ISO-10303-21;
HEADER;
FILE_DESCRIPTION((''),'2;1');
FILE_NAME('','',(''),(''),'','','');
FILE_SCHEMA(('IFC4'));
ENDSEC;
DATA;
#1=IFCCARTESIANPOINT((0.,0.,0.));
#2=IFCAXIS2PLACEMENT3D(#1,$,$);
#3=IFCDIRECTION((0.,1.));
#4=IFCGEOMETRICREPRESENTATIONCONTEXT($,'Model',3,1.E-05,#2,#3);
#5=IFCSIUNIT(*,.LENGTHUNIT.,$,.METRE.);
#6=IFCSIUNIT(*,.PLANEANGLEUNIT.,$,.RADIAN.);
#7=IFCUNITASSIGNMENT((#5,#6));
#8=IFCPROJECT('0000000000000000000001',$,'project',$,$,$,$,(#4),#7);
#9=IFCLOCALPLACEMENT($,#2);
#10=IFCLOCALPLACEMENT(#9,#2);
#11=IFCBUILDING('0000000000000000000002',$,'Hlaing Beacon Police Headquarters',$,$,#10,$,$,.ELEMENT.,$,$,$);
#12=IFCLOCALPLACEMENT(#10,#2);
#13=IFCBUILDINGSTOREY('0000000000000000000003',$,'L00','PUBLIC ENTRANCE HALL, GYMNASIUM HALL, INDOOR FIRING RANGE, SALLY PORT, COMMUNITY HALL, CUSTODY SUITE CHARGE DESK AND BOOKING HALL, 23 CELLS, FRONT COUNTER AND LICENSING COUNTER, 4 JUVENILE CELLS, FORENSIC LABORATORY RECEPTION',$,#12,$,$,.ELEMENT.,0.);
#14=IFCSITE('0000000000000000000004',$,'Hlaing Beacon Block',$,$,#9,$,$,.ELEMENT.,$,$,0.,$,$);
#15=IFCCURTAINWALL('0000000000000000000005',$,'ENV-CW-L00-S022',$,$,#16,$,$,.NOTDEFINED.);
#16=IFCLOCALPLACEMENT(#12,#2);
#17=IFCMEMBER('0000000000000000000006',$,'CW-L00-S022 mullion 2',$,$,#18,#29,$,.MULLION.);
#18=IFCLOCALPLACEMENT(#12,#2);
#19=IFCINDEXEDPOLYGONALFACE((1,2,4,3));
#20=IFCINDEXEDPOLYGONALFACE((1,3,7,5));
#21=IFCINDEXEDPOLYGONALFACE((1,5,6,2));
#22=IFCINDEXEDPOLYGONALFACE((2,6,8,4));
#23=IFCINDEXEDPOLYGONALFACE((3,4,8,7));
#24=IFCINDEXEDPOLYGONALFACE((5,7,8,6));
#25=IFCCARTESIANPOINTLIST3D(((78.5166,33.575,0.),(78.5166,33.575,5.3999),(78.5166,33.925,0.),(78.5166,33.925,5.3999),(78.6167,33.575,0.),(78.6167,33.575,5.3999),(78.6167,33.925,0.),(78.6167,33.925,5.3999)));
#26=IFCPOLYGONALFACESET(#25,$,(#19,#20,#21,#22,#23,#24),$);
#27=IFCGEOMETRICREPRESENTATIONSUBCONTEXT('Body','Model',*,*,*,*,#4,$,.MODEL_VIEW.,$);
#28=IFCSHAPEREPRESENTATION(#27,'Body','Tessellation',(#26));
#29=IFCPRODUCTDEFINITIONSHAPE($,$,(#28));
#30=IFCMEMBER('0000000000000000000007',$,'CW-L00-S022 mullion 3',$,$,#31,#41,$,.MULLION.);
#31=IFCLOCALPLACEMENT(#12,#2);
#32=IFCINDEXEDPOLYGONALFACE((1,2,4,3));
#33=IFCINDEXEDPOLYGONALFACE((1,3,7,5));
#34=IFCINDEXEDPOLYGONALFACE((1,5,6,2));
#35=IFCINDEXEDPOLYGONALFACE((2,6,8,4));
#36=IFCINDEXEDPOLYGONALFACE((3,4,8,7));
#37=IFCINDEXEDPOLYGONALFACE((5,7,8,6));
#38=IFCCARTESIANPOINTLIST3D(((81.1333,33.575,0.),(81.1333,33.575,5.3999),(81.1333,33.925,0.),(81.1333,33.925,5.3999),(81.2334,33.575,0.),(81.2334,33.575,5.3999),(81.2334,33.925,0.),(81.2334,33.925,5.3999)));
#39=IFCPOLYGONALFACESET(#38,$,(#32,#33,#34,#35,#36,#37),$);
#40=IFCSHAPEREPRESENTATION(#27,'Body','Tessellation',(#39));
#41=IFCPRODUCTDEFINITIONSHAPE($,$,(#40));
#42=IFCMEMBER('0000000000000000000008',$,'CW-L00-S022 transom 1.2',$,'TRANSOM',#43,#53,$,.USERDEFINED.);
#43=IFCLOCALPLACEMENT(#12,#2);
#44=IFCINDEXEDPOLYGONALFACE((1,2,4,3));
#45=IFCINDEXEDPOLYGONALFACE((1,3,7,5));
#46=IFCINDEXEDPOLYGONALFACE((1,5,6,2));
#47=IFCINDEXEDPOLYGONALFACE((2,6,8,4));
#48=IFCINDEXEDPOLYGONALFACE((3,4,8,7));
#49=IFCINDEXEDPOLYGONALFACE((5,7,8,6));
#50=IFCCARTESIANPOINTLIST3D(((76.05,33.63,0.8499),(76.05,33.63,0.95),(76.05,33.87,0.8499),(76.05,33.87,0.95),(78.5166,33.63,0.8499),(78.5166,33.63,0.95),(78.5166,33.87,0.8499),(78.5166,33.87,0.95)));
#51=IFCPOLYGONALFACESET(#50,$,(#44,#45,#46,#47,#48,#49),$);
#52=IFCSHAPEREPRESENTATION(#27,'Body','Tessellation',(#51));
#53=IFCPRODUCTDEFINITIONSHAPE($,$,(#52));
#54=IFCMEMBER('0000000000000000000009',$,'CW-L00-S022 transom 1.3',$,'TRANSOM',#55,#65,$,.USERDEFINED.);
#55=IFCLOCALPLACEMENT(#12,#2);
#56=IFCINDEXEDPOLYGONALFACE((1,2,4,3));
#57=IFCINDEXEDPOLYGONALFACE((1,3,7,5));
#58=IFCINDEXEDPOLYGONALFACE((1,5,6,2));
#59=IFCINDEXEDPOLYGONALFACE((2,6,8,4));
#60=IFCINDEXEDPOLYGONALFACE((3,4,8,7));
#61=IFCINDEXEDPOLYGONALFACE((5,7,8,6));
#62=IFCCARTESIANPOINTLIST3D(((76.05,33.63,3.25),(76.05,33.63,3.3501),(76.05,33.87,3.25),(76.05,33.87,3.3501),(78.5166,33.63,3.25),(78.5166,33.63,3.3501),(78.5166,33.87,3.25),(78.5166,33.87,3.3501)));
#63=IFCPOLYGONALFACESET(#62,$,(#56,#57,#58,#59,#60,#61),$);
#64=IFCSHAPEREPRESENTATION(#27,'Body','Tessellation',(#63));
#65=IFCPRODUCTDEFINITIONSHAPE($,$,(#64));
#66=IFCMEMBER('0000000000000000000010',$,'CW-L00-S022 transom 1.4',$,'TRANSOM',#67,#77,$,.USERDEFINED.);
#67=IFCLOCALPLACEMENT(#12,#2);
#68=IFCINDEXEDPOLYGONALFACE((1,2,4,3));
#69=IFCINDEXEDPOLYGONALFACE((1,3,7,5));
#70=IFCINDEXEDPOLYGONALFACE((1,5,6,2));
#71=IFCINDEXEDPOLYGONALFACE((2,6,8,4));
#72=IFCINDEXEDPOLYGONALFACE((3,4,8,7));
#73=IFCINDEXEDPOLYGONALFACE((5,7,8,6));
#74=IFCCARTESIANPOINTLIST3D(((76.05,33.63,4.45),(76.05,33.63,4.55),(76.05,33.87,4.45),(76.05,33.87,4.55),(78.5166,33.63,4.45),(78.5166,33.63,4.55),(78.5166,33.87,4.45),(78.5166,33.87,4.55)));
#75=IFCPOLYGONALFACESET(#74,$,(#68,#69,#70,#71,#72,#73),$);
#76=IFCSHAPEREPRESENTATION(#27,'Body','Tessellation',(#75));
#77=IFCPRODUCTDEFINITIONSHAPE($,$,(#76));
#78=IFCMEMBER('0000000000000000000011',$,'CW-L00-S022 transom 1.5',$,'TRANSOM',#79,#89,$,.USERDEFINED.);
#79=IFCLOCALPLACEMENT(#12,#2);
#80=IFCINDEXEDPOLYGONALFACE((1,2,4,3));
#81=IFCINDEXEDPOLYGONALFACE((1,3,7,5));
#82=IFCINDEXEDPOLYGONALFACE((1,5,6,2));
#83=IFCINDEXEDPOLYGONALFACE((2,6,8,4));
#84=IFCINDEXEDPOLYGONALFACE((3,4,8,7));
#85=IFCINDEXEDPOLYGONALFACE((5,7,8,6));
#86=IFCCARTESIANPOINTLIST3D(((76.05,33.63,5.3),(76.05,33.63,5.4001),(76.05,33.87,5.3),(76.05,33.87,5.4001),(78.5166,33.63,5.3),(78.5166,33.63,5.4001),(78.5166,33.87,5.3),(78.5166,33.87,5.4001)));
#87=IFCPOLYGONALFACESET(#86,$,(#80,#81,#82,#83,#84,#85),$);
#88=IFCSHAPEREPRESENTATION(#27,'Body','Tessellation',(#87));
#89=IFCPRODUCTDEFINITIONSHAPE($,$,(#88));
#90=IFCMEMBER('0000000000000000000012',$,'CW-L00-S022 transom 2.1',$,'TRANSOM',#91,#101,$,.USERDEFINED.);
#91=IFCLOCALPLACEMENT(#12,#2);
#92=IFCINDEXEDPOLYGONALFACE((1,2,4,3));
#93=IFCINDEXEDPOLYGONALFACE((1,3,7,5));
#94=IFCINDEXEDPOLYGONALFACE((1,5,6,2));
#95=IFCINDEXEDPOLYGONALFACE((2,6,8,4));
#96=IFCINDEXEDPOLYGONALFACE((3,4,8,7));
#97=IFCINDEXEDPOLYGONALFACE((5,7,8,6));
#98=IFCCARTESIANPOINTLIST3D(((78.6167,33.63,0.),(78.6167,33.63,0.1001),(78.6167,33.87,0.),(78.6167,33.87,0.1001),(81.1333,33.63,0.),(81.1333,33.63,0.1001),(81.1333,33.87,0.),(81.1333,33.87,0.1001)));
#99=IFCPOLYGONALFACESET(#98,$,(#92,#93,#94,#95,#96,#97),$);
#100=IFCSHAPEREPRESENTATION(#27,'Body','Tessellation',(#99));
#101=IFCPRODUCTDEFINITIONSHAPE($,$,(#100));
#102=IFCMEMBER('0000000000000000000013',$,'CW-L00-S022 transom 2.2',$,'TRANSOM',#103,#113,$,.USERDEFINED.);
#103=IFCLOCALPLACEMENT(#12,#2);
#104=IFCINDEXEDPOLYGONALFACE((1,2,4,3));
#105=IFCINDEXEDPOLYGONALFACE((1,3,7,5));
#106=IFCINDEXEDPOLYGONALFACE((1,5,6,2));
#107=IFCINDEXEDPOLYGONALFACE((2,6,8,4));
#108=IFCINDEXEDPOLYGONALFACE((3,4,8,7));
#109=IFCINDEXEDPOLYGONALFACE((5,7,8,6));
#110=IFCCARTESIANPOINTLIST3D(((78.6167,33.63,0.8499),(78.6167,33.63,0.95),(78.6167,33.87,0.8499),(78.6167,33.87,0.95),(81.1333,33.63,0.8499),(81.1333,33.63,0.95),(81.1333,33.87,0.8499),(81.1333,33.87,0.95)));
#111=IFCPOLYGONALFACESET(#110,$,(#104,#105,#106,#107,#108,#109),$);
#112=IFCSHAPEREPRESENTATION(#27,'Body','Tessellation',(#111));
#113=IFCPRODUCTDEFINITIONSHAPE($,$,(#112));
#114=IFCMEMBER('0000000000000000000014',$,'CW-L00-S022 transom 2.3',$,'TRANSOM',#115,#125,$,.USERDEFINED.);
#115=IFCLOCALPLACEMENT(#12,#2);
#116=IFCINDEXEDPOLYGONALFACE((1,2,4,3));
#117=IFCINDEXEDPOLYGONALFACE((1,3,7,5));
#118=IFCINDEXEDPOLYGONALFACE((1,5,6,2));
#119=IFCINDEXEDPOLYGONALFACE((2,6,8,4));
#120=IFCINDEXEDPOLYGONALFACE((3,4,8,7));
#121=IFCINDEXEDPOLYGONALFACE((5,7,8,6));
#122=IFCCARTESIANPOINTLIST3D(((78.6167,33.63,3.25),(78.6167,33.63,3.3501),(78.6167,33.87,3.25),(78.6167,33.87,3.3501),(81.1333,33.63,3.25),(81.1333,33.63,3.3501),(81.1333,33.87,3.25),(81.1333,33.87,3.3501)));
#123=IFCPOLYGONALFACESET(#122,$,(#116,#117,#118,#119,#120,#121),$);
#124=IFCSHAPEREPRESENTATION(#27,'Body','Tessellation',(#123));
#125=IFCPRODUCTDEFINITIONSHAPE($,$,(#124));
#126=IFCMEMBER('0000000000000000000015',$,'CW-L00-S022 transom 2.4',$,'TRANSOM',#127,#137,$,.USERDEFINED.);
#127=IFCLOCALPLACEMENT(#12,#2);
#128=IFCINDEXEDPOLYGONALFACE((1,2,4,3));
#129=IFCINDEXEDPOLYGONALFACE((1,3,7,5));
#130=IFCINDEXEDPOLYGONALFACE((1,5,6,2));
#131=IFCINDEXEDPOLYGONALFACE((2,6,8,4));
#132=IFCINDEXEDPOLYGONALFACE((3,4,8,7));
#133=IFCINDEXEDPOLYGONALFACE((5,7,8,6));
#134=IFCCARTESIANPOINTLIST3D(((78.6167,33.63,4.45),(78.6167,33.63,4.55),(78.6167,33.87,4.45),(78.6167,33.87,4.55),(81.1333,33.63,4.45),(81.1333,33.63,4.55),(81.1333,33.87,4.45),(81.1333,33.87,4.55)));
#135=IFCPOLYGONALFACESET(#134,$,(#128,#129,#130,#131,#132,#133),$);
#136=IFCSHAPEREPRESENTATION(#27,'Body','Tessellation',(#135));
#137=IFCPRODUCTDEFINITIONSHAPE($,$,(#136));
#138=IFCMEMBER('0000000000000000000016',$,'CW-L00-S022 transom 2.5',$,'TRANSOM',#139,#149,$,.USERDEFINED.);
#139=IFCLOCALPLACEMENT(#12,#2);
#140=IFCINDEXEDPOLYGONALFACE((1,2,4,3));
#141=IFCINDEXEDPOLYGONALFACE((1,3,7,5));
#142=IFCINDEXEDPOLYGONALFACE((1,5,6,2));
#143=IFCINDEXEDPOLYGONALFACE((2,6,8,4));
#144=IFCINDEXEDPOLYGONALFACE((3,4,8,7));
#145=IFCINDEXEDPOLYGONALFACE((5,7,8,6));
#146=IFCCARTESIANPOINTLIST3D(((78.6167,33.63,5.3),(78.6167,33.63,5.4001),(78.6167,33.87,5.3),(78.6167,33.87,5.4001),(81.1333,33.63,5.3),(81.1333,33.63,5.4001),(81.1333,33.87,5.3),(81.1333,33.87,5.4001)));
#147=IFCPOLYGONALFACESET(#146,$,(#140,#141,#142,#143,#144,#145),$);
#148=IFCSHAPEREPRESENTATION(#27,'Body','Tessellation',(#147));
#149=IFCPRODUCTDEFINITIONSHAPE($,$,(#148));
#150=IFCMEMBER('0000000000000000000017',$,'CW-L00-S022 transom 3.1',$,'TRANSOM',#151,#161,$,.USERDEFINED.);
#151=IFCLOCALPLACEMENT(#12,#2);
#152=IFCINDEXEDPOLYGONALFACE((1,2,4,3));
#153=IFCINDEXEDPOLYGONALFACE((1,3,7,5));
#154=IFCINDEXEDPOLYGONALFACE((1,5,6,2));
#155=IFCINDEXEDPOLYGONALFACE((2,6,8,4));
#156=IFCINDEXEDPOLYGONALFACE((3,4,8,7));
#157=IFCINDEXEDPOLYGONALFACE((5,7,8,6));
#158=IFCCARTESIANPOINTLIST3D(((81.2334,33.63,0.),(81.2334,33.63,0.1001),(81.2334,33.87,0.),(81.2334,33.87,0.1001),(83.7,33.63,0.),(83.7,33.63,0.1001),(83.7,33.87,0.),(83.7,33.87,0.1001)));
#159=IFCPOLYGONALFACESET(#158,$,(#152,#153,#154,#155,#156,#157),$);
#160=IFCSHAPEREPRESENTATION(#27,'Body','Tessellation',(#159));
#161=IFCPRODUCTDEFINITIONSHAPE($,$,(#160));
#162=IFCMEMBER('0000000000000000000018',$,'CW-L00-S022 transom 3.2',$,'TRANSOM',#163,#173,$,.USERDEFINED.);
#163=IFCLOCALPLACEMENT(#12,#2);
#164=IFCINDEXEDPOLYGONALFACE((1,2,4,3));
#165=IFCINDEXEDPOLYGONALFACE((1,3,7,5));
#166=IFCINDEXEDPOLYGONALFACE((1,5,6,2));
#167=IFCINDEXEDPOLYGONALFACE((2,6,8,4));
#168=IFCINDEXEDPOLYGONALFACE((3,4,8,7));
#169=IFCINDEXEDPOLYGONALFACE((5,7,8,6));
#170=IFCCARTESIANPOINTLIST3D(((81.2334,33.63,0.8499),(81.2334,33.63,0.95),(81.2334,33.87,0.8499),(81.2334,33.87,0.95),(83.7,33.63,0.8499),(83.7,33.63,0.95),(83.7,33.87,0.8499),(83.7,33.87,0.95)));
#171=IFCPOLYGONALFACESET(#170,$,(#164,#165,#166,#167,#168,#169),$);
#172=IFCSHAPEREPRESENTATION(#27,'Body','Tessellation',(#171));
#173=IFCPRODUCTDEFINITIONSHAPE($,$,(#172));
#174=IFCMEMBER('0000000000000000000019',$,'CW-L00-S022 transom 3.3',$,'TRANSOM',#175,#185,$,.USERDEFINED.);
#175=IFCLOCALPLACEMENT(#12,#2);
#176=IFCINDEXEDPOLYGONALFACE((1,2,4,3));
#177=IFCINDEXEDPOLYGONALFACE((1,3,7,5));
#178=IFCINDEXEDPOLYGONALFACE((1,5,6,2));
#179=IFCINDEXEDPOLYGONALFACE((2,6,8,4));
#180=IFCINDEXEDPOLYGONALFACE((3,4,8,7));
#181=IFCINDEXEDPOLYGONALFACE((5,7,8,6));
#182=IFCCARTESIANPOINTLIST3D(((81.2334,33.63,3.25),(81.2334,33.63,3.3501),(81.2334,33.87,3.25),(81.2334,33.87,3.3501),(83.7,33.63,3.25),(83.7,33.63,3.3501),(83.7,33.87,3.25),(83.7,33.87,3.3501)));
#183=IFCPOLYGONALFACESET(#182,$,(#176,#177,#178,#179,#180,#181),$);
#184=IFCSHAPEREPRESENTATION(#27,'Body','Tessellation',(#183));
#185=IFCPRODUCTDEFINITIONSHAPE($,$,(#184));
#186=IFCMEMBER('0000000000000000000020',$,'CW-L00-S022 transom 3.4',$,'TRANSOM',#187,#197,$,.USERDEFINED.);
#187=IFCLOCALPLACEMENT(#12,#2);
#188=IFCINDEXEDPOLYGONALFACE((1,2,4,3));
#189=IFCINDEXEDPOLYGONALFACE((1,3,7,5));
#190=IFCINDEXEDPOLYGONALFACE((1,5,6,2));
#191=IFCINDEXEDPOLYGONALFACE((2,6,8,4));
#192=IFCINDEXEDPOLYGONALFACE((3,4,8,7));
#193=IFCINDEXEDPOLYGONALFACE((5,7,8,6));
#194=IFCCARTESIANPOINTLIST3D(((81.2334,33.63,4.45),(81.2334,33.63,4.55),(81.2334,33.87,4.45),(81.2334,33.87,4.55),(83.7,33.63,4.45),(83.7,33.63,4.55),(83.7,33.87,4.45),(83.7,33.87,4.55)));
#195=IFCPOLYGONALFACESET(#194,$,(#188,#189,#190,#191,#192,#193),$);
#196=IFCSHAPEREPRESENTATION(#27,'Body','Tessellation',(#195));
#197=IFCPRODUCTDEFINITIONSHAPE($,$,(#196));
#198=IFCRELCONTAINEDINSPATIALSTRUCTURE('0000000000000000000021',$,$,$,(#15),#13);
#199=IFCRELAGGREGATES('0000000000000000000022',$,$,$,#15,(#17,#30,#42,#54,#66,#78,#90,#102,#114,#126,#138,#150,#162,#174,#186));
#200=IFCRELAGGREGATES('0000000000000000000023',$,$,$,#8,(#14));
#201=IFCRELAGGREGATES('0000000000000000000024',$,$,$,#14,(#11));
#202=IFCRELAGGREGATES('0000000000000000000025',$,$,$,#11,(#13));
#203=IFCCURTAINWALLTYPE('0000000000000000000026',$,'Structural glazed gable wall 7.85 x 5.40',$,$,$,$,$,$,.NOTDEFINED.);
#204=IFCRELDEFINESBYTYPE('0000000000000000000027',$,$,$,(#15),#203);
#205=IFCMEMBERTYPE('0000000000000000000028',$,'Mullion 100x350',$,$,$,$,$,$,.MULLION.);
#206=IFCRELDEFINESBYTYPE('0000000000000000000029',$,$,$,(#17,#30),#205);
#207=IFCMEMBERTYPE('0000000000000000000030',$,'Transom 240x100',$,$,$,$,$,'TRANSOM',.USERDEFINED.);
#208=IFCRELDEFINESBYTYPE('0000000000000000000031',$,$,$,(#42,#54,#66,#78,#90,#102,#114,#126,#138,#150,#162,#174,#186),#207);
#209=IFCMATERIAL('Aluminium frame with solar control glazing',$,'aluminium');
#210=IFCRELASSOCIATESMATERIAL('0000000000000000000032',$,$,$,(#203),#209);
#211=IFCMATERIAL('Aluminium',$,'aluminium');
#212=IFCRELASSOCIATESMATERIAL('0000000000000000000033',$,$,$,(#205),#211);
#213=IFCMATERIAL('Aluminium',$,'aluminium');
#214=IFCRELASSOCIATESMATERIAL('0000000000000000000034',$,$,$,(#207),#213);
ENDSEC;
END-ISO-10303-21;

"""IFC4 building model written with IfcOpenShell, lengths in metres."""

from ifc_helpers import new_model, si_unit, direction, frame, origin, origin_2d, place, context, subcontext, project, spatial, rectangle, extrude, material, material_profile, profile_set, type_object, element, aggregate, save


model = new_model("IFC4")

# Units and contexts
model_context = context("Model", 3, precision=1e-05, world=origin(), true_north=direction((0.0, 1.0)))
body_context = subcontext(model_context, "Body", "Model", "MODEL_VIEW")
ifc_project = project(units=[si_unit("LENGTHUNIT", "METRE"), si_unit("PLANEANGLEUNIT", "RADIAN")], contexts=[model_context])

# Site, building, storey
site_placement = place(None, origin())
site = spatial("IfcSite", under=ifc_project, at=site_placement, Name="Hlaing Beacon Block", CompositionType="ELEMENT", RefElevation=0.0)
building_placement = place(site_placement, origin())
building = spatial("IfcBuilding", under=site, at=building_placement, Name="Hlaing Beacon Police Headquarters", CompositionType="ELEMENT")
storey_placement = place(building_placement, origin())
storey = spatial("IfcBuildingStorey", under=building, at=storey_placement, Name="L00", Description="PUBLIC ENTRANCE HALL, GYMNASIUM HALL, INDOOR FIRING RANGE, SALLY PORT, COMMUNITY HALL, CUSTODY SUITE CHARGE DESK AND BOOKING HALL, 23 CELLS, FRONT COUNTER AND LICENSING COUNTER, 4 JUVENILE CELLS, FORENSIC LABORATORY RECEPTION", CompositionType="ELEMENT", Elevation=0.0)

# Curtain wall, members
ifc_material_1 = material(Name="Aluminium frame with solar control glazing", Category="aluminium")
curtain_wall_type = type_object("IfcCurtainWallType", Name="Structural glazed gable wall 7.85 x 5.40", PredefinedType="NOTDEFINED", material=ifc_material_1)
curtain_wall_placement = place(storey_placement, origin())
curtain_wall = element("IfcCurtainWall", 1, at=curtain_wall_placement, inside=storey, type_object=curtain_wall_type, Name="ENV-CW-L00-S022", PredefinedType="NOTDEFINED")
ifc_material_2 = material(Name="Aluminium", Category="aluminium")
ifc_material_profile_1 = material_profile(ifc_material_2, rectangle(XDim=0.3501, YDim=0.1001, at=origin_2d()), Name="Mullion 100x350")
ifc_profile_set_1 = profile_set([ifc_material_profile_1], Name="Aluminium")
member_type_1 = type_object("IfcMemberType", Name="Mullion 100x350", PredefinedType="MULLION", material=ifc_profile_set_1)
member_1_placement = place(storey_placement, frame((78.5667, 33.75, 0.0), z_axis=(0.0, 0.0, 1.0), x_axis=(0.0, 1.0, 0.0)))
member_1 = element("IfcMember", 2, at=member_1_placement, type_object=member_type_1, Name="CW-L00-S022 mullion 2", PredefinedType="MULLION", context=body_context, shape_type="SweptSolid", body=[
    extrude(rectangle(XDim=0.3501, YDim=0.1001, at=origin_2d()), origin(), (0.0, 0.0, 1.0), 5.3999),
])
member_2_placement = place(storey_placement, frame((81.1833, 33.75, 0.0), z_axis=(0.0, 0.0, 1.0), x_axis=(0.0, 1.0, 0.0)))
member_2 = element("IfcMember", 3, at=member_2_placement, type_object=member_type_1, Name="CW-L00-S022 mullion 3", PredefinedType="MULLION", context=body_context, shape_type="SweptSolid", body=[
    extrude(rectangle(XDim=0.3501, YDim=0.1001, at=origin_2d()), origin(), (0.0, 0.0, 1.0), 5.3999),
])
ifc_material_3 = material(Name="Aluminium", Category="aluminium")
ifc_material_profile_2 = material_profile(ifc_material_3, rectangle(XDim=0.24, YDim=0.1001, at=origin_2d()), Name="Transom 240x100")
ifc_profile_set_2 = profile_set([ifc_material_profile_2], Name="Aluminium")
member_type_2 = type_object("IfcMemberType", Name="Transom 240x100", ElementType="TRANSOM", PredefinedType="USERDEFINED", material=ifc_profile_set_2)
member_3_placement = place(storey_placement, frame((76.05, 33.75, 0.8999), z_axis=(1.0, 0.0, 0.0), x_axis=(0.0, 1.0, 0.0)))
member_3 = element("IfcMember", 4, at=member_3_placement, type_object=member_type_2, Name="CW-L00-S022 transom 1.2", ObjectType="TRANSOM", PredefinedType="USERDEFINED", context=body_context, shape_type="SweptSolid", body=[
    extrude(rectangle(XDim=0.24, YDim=0.1001, at=origin_2d()), origin(), (0.0, 0.0, 1.0), 2.4666),
])
member_4_placement = place(storey_placement, frame((76.05, 33.75, 3.3), z_axis=(1.0, 0.0, 0.0), x_axis=(0.0, 1.0, 0.0)))
member_4 = element("IfcMember", 5, at=member_4_placement, type_object=member_type_2, Name="CW-L00-S022 transom 1.3", ObjectType="TRANSOM", PredefinedType="USERDEFINED", context=body_context, shape_type="SweptSolid", body=[
    extrude(rectangle(XDim=0.24, YDim=0.1001, at=origin_2d()), origin(), (0.0, 0.0, 1.0), 2.4666),
])
member_5_placement = place(storey_placement, frame((76.05, 33.75, 4.5), z_axis=(1.0, 0.0, 0.0), x_axis=(0.0, 1.0, 0.0)))
member_5 = element("IfcMember", 6, at=member_5_placement, type_object=member_type_2, Name="CW-L00-S022 transom 1.4", ObjectType="TRANSOM", PredefinedType="USERDEFINED", context=body_context, shape_type="SweptSolid", body=[
    extrude(rectangle(XDim=0.24, YDim=0.1001, at=origin_2d()), origin(), (0.0, 0.0, 1.0), 2.4666),
])
member_6_placement = place(storey_placement, frame((76.05, 33.75, 5.3501), z_axis=(1.0, 0.0, 0.0), x_axis=(0.0, 1.0, 0.0)))
member_6 = element("IfcMember", 7, at=member_6_placement, type_object=member_type_2, Name="CW-L00-S022 transom 1.5", ObjectType="TRANSOM", PredefinedType="USERDEFINED", context=body_context, shape_type="SweptSolid", body=[
    extrude(rectangle(XDim=0.24, YDim=0.1001, at=origin_2d()), origin(), (0.0, 0.0, 1.0), 2.4666),
])
member_7_placement = place(storey_placement, frame((78.6167, 33.75, 0.05), z_axis=(1.0, 0.0, 0.0), x_axis=(0.0, 1.0, 0.0)))
member_7 = element("IfcMember", 8, at=member_7_placement, type_object=member_type_2, Name="CW-L00-S022 transom 2.1", ObjectType="TRANSOM", PredefinedType="USERDEFINED", context=body_context, shape_type="SweptSolid", body=[
    extrude(rectangle(XDim=0.24, YDim=0.1001, at=origin_2d()), origin(), (0.0, 0.0, 1.0), 2.5166),
])
member_8_placement = place(storey_placement, frame((78.6167, 33.75, 0.8999), z_axis=(1.0, 0.0, 0.0), x_axis=(0.0, 1.0, 0.0)))
member_8 = element("IfcMember", 9, at=member_8_placement, type_object=member_type_2, Name="CW-L00-S022 transom 2.2", ObjectType="TRANSOM", PredefinedType="USERDEFINED", context=body_context, shape_type="SweptSolid", body=[
    extrude(rectangle(XDim=0.24, YDim=0.1001, at=origin_2d()), origin(), (0.0, 0.0, 1.0), 2.5166),
])
member_9_placement = place(storey_placement, frame((78.6167, 33.75, 3.3), z_axis=(1.0, 0.0, 0.0), x_axis=(0.0, 1.0, 0.0)))
member_9 = element("IfcMember", 10, at=member_9_placement, type_object=member_type_2, Name="CW-L00-S022 transom 2.3", ObjectType="TRANSOM", PredefinedType="USERDEFINED", context=body_context, shape_type="SweptSolid", body=[
    extrude(rectangle(XDim=0.24, YDim=0.1001, at=origin_2d()), origin(), (0.0, 0.0, 1.0), 2.5166),
])
member_10_placement = place(storey_placement, frame((78.6167, 33.75, 4.5), z_axis=(1.0, 0.0, 0.0), x_axis=(0.0, 1.0, 0.0)))
member_10 = element("IfcMember", 11, at=member_10_placement, type_object=member_type_2, Name="CW-L00-S022 transom 2.4", ObjectType="TRANSOM", PredefinedType="USERDEFINED", context=body_context, shape_type="SweptSolid", body=[
    extrude(rectangle(XDim=0.24, YDim=0.1001, at=origin_2d()), origin(), (0.0, 0.0, 1.0), 2.5166),
])
member_11_placement = place(storey_placement, frame((78.6167, 33.75, 5.3501), z_axis=(1.0, 0.0, 0.0), x_axis=(0.0, 1.0, 0.0)))
member_11 = element("IfcMember", 12, at=member_11_placement, type_object=member_type_2, Name="CW-L00-S022 transom 2.5", ObjectType="TRANSOM", PredefinedType="USERDEFINED", context=body_context, shape_type="SweptSolid", body=[
    extrude(rectangle(XDim=0.24, YDim=0.1001, at=origin_2d()), origin(), (0.0, 0.0, 1.0), 2.5166),
])
member_12_placement = place(storey_placement, frame((81.2334, 33.75, 0.05), z_axis=(1.0, 0.0, 0.0), x_axis=(0.0, 1.0, 0.0)))
member_12 = element("IfcMember", 13, at=member_12_placement, type_object=member_type_2, Name="CW-L00-S022 transom 3.1", ObjectType="TRANSOM", PredefinedType="USERDEFINED", context=body_context, shape_type="SweptSolid", body=[
    extrude(rectangle(XDim=0.24, YDim=0.1001, at=origin_2d()), origin(), (0.0, 0.0, 1.0), 2.4666),
])
member_13_placement = place(storey_placement, frame((81.2334, 33.75, 0.8999), z_axis=(1.0, 0.0, 0.0), x_axis=(0.0, 1.0, 0.0)))
member_13 = element("IfcMember", 14, at=member_13_placement, type_object=member_type_2, Name="CW-L00-S022 transom 3.2", ObjectType="TRANSOM", PredefinedType="USERDEFINED", context=body_context, shape_type="SweptSolid", body=[
    extrude(rectangle(XDim=0.24, YDim=0.1001, at=origin_2d()), origin(), (0.0, 0.0, 1.0), 2.4666),
])
member_14_placement = place(storey_placement, frame((81.2334, 33.75, 3.3), z_axis=(1.0, 0.0, 0.0), x_axis=(0.0, 1.0, 0.0)))
member_14 = element("IfcMember", 15, at=member_14_placement, type_object=member_type_2, Name="CW-L00-S022 transom 3.3", ObjectType="TRANSOM", PredefinedType="USERDEFINED", context=body_context, shape_type="SweptSolid", body=[
    extrude(rectangle(XDim=0.24, YDim=0.1001, at=origin_2d()), origin(), (0.0, 0.0, 1.0), 2.4666),
])
member_15_placement = place(storey_placement, frame((81.2334, 33.75, 4.5), z_axis=(1.0, 0.0, 0.0), x_axis=(0.0, 1.0, 0.0)))
member_15 = element("IfcMember", 16, at=member_15_placement, type_object=member_type_2, Name="CW-L00-S022 transom 3.4", ObjectType="TRANSOM", PredefinedType="USERDEFINED", context=body_context, shape_type="SweptSolid", body=[
    extrude(rectangle(XDim=0.24, YDim=0.1001, at=origin_2d()), origin(), (0.0, 0.0, 1.0), 2.4666),
])
aggregate(curtain_wall, [member_1, member_2, member_3, member_4, member_5, member_6, member_7, member_8, member_9, member_10, member_11, member_12, member_13, member_14, member_15])

save(model, "model.ifc")
